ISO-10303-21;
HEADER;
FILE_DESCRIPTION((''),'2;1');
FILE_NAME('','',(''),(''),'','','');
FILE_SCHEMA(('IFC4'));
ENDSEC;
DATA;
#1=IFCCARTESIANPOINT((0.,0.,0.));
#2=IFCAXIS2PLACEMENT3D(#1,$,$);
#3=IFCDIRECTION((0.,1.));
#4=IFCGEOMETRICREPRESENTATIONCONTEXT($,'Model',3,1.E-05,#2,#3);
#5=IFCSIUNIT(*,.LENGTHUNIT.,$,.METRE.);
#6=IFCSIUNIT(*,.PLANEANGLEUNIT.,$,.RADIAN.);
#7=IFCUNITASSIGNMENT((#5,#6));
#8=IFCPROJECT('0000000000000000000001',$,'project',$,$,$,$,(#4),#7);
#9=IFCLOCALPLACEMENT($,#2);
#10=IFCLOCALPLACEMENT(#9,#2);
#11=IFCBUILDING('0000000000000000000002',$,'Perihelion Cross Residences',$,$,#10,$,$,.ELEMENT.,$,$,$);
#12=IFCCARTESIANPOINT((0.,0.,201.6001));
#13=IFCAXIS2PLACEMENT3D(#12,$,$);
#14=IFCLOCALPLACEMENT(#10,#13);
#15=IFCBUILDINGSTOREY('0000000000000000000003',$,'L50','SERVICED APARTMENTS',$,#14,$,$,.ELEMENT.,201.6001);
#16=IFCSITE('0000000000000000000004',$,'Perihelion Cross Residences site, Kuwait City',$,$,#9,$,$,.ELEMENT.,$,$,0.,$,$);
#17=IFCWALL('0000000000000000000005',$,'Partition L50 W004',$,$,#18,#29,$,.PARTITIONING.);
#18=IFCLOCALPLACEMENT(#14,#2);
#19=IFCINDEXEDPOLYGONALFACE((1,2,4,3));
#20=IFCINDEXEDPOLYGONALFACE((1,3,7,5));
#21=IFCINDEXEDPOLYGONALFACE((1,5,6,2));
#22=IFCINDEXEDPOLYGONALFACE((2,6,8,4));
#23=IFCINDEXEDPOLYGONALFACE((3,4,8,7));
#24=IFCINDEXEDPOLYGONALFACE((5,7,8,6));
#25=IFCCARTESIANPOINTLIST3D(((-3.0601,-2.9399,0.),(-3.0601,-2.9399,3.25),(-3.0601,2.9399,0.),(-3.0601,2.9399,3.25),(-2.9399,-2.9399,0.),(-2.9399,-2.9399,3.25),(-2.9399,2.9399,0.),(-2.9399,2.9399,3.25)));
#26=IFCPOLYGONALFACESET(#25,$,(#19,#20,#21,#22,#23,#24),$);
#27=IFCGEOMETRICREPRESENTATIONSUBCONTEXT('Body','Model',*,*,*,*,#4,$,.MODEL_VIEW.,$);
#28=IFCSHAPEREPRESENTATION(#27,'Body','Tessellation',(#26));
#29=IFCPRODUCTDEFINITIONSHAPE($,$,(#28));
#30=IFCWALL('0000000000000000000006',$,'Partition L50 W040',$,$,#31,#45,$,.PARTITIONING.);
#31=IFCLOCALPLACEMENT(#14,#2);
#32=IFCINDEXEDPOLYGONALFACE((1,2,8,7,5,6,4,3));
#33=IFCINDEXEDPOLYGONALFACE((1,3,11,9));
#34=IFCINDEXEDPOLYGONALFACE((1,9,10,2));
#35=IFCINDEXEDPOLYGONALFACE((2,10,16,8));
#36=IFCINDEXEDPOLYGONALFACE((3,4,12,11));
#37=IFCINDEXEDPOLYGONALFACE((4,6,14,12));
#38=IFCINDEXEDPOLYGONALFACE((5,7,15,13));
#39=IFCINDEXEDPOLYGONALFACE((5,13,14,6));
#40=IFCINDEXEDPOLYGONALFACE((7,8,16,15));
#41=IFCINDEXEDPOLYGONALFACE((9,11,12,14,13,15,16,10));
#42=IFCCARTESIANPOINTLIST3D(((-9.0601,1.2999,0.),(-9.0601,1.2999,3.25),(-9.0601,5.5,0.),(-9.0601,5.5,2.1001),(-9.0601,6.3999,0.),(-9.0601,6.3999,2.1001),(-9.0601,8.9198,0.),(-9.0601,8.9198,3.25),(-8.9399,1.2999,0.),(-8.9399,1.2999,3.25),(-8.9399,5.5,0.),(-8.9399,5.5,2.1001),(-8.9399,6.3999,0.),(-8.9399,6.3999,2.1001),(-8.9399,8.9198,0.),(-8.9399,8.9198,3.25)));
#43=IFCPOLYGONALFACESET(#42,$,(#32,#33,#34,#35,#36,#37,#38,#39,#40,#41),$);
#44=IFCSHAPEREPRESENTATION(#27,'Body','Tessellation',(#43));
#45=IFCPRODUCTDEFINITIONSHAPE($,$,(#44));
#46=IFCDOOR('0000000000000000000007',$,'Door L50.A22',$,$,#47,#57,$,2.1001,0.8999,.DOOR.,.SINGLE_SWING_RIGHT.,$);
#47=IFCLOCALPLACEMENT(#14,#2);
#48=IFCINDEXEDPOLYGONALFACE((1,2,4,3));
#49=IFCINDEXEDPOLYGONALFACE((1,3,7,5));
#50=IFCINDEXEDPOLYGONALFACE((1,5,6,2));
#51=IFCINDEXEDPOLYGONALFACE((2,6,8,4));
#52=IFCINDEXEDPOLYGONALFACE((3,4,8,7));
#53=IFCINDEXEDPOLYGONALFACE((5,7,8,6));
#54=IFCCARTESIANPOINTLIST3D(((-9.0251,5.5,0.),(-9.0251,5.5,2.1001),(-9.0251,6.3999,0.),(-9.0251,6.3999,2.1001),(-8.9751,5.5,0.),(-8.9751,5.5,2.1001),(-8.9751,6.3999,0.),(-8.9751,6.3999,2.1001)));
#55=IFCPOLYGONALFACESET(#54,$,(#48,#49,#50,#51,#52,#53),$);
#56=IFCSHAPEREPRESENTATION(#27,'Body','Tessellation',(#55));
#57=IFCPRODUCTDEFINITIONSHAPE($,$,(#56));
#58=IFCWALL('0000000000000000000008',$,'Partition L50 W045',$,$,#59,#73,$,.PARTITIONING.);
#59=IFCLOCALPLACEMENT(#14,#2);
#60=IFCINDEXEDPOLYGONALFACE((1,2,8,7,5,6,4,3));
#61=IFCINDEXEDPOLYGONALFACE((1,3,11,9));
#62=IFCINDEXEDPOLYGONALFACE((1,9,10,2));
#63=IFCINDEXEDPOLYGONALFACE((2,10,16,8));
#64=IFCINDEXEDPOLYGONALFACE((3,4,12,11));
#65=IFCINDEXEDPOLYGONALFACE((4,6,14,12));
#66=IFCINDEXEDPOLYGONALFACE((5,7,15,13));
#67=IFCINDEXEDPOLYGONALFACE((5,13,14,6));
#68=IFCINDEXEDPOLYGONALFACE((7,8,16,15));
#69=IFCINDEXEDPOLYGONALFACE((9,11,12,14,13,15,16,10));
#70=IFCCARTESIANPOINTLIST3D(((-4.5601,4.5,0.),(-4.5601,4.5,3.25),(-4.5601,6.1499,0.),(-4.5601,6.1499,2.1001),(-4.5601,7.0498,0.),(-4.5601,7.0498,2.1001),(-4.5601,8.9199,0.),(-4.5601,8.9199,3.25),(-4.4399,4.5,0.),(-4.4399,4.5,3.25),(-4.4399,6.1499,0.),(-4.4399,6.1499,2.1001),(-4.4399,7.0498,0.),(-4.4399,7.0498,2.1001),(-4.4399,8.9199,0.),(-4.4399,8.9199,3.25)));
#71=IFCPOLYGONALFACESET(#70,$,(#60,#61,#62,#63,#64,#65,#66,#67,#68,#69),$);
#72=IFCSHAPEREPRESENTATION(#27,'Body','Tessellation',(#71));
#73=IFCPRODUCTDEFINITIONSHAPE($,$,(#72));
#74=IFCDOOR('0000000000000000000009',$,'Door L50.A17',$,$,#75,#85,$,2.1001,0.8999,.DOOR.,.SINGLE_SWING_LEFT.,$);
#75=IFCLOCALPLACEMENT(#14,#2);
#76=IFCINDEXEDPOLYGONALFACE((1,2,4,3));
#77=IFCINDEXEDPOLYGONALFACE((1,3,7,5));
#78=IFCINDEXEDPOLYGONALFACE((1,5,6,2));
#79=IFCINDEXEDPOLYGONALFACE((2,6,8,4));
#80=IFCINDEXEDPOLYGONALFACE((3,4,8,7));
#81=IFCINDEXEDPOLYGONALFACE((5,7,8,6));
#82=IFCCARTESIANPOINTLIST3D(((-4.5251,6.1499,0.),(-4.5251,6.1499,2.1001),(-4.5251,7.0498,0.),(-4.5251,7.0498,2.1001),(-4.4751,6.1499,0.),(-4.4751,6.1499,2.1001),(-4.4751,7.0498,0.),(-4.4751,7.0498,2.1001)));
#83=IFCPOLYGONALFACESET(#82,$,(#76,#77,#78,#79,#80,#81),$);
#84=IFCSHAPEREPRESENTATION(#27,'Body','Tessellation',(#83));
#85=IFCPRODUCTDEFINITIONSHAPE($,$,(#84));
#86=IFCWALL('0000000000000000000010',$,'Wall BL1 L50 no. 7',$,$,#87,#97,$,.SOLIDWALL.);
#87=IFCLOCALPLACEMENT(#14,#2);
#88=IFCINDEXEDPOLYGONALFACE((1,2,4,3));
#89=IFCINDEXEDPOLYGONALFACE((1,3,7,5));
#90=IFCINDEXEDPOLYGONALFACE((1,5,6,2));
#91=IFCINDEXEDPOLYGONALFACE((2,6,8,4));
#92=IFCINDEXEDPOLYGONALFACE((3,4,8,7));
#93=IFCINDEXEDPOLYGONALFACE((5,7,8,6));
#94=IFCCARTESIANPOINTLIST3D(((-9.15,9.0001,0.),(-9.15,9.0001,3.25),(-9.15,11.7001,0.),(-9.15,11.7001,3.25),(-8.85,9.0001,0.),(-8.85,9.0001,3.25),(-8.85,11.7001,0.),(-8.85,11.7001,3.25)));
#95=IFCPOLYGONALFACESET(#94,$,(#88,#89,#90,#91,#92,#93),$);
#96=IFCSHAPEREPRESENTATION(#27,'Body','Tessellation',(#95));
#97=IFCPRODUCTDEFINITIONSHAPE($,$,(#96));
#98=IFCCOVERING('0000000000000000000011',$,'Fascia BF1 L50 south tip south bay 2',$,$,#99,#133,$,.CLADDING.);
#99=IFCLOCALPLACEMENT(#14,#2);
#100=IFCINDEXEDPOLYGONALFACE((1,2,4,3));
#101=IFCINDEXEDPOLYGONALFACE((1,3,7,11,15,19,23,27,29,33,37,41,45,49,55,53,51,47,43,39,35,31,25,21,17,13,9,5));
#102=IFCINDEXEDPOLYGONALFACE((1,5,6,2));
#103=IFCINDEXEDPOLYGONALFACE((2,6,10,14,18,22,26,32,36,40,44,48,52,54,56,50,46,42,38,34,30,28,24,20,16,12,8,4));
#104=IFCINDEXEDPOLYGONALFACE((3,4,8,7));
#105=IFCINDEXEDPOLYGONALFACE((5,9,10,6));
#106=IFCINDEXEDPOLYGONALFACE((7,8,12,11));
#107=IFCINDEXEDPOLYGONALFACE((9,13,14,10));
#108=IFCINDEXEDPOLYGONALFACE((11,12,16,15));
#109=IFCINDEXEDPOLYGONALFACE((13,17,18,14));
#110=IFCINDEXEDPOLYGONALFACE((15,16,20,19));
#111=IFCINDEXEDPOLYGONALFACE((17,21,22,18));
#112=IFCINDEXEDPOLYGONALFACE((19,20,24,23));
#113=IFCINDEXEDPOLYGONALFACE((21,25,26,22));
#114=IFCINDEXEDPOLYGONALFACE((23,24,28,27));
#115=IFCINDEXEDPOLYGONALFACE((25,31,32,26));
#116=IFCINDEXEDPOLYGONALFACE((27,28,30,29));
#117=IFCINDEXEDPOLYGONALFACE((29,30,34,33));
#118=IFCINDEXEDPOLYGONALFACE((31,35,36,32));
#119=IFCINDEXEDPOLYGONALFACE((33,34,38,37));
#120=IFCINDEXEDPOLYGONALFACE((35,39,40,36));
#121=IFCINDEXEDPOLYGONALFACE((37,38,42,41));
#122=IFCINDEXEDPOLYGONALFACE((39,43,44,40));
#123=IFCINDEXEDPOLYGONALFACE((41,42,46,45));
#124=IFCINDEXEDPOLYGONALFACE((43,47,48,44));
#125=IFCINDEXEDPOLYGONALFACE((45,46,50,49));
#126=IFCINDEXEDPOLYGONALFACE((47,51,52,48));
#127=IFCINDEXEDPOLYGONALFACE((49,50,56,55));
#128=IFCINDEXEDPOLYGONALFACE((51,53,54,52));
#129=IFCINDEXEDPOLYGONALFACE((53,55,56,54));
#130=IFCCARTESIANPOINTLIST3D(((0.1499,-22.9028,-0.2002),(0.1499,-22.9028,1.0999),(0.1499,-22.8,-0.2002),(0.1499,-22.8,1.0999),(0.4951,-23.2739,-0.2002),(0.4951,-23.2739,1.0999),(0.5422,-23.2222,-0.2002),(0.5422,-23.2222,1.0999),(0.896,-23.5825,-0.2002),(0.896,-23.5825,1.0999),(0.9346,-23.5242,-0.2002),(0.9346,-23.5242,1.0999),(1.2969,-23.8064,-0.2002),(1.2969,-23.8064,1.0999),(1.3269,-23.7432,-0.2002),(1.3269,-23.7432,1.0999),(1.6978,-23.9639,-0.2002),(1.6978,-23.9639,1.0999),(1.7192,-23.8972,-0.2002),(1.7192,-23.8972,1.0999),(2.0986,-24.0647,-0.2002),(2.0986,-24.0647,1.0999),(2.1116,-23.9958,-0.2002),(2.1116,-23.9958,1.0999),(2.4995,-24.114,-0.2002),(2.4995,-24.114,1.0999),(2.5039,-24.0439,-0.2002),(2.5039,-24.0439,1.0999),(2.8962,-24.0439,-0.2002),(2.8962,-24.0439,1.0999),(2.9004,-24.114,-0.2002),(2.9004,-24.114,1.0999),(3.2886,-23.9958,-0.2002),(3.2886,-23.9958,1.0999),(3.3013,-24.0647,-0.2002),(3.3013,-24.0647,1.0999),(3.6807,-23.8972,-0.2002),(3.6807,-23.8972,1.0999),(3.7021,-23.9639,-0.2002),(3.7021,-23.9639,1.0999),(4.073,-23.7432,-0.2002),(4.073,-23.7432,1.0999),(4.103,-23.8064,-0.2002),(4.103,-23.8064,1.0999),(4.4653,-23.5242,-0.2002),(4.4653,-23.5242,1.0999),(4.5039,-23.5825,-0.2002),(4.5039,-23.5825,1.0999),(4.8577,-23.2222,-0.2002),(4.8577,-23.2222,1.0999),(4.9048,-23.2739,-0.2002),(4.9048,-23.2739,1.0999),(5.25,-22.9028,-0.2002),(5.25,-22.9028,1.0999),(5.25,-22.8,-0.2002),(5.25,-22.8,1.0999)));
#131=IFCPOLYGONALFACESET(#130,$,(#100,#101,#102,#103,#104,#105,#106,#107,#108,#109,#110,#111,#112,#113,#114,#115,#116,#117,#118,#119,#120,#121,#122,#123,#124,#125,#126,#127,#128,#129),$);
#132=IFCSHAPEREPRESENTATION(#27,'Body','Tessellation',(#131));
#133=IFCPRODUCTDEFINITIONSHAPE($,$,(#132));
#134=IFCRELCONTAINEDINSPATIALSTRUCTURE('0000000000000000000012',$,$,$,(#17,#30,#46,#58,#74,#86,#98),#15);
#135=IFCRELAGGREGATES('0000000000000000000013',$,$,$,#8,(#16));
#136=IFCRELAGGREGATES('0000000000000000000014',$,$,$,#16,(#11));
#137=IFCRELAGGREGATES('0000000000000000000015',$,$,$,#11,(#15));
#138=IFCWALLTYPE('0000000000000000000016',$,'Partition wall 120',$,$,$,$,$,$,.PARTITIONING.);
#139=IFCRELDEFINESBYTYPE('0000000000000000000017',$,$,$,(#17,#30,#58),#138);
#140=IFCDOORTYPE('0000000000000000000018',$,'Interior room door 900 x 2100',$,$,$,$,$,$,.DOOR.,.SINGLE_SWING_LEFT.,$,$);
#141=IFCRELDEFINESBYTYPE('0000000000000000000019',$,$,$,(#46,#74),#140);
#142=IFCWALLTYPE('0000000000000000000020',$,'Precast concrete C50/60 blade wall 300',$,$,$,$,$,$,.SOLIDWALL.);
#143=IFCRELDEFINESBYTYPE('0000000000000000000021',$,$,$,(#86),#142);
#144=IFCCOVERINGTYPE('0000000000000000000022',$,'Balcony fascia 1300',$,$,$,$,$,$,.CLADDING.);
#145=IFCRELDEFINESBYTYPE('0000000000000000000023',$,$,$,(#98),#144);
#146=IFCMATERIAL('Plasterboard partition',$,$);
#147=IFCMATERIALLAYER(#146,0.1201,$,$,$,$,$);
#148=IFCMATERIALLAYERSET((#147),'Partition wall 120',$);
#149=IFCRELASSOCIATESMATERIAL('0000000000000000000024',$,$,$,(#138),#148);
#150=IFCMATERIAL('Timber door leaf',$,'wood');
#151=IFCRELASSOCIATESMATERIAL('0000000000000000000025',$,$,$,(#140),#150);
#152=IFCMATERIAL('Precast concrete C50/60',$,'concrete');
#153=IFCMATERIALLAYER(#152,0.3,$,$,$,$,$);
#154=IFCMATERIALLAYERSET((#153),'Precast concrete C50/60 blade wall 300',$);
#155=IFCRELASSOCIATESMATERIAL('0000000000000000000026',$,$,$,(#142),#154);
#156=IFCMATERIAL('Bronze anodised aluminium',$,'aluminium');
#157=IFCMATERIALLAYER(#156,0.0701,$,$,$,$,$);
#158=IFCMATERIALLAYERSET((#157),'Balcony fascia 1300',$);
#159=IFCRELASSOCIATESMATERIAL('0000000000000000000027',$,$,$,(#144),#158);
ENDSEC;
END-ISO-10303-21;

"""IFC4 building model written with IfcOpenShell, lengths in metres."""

from ifc_helpers import new_model, si_unit, direction, frame, frame_2d, origin, place, context, subcontext, project, spatial, polyline, rectangle, outline, extrude, material, layer, layer_set, type_object, element, fill, save


model = new_model("IFC4")

# Units and contexts
model_context = context("Model", 3, precision=1e-05, world=origin(), true_north=direction((0.0, 1.0)))
body_context = subcontext(model_context, "Body", "Model", "MODEL_VIEW")
ifc_project = project(units=[si_unit("LENGTHUNIT", "METRE"), si_unit("PLANEANGLEUNIT", "RADIAN")], contexts=[model_context])

# Site, building, storey
site_placement = place(None, origin())
site = spatial("IfcSite", under=ifc_project, at=site_placement, Name="Perihelion Cross Residences site, Kuwait City", CompositionType="ELEMENT", RefElevation=0.0)
building_placement = place(site_placement, origin())
building = spatial("IfcBuilding", under=site, at=building_placement, Name="Perihelion Cross Residences", CompositionType="ELEMENT")
storey_placement = place(building_placement, frame((0.0, 0.0, 201.6001)))
storey = spatial("IfcBuildingStorey", under=building, at=storey_placement, Name="L50", Description="SERVICED APARTMENTS", CompositionType="ELEMENT", Elevation=201.6001)

# Wall
ifc_material_1 = material(Name="Plasterboard partition")
ifc_layer_1 = layer(ifc_material_1, 0.1201)
ifc_layer_set_1 = layer_set([ifc_layer_1], Name="Partition wall 120")
wall_type_1 = type_object("IfcWallType", Name="Partition wall 120", PredefinedType="PARTITIONING", material=ifc_layer_set_1)
wall_1_placement = place(storey_placement, frame((-3.0, 2.9399, 0.0), z_axis=(0.0, 0.0, 1.0), x_axis=(0.0, -1.0, 0.0)))
element("IfcWall", 1, at=wall_1_placement, inside=storey, type_object=wall_type_1, Name="Partition L50 W004", PredefinedType="PARTITIONING", context=body_context, shape_type="SweptSolid", body=[
    extrude(rectangle(XDim=5.8799, YDim=0.1201, at=frame_2d((2.9399, 0.0))), origin(), (0.0, 0.0, 1.0), 3.25),
])

# Walls, openings, doors
wall_2_placement = place(storey_placement, frame((-9.0, 8.9199, 0.0), z_axis=(0.0, 0.0, 1.0), x_axis=(0.0, -1.0, 0.0)))
wall_2 = element("IfcWall", 2, at=wall_2_placement, inside=storey, type_object=wall_type_1, Name="Partition L50 W040", PredefinedType="PARTITIONING", context=body_context, shape_type="SweptSolid", body=[
    extrude(rectangle(XDim=7.6199, YDim=0.1201, at=frame_2d((3.8101, 0.0))), origin(), (0.0, 0.0, 1.0), 3.25),
])
opening_1_placement = place(wall_2_placement, frame((2.52, 0.0, 0.0)))
opening_1 = element("IfcOpeningElement", 3, at=opening_1_placement, cuts=wall_2, PredefinedType="OPENING", context=body_context, shape_type="SweptSolid", body=[
    extrude(rectangle(XDim=0.8999, YDim=2.1001, at=frame_2d((0.45, 1.05))), frame((0.0, 0.0701, 0.0), z_axis=(0.0, -1.0, 0.0), x_axis=(1.0, 0.0, 0.0)), (0.0, 0.0, 1.0), 0.1401),
])
ifc_material_2 = material(Name="Timber door leaf", Category="wood")
door_type_1 = type_object("IfcDoorType", Name="Interior room door 900 x 2100", OperationType="SINGLE_SWING_LEFT", PredefinedType="DOOR", material=ifc_material_2)
door_1_placement = place(opening_1_placement, origin())
door_1 = element("IfcDoor", 4, at=door_1_placement, inside=storey, type_object=door_type_1, Name="Door L50.A22", OperationType="SINGLE_SWING_RIGHT", OverallHeight=2.1001, OverallWidth=0.8999, PredefinedType="DOOR", context=body_context, shape_type="SweptSolid", body=[
    extrude(rectangle(XDim=0.8999, YDim=2.1001, at=frame_2d((0.45, 1.05))), frame((0.0, 0.0249, 0.0), z_axis=(0.0, -1.0, 0.0), x_axis=(1.0, 0.0, 0.0)), (0.0, 0.0, 1.0), 0.05),
])
fill(opening_1, door_1)
wall_3_placement = place(storey_placement, frame((-4.5, 8.9199, 0.0), z_axis=(0.0, 0.0, 1.0), x_axis=(0.0, -1.0, 0.0)))
wall_3 = element("IfcWall", 5, at=wall_3_placement, inside=storey, type_object=wall_type_1, Name="Partition L50 W045", PredefinedType="PARTITIONING", context=body_context, shape_type="SweptSolid", body=[
    extrude(rectangle(XDim=4.4199, YDim=0.1201, at=frame_2d((2.21, 0.0))), origin(), (0.0, 0.0, 1.0), 3.25),
])
opening_2_placement = place(wall_3_placement, frame((1.8701, 0.0, 0.0)))
opening_2 = element("IfcOpeningElement", 6, at=opening_2_placement, cuts=wall_3, PredefinedType="OPENING", context=body_context, shape_type="SweptSolid", body=[
    extrude(rectangle(XDim=0.8999, YDim=2.1001, at=frame_2d((0.45, 1.05))), frame((0.0, 0.0701, 0.0), z_axis=(0.0, -1.0, 0.0), x_axis=(1.0, 0.0, 0.0)), (0.0, 0.0, 1.0), 0.1401),
])
door_2_placement = place(opening_2_placement, origin())
door_2 = element("IfcDoor", 7, at=door_2_placement, inside=storey, type_object=door_type_1, Name="Door L50.A17", OperationType="SINGLE_SWING_LEFT", OverallHeight=2.1001, OverallWidth=0.8999, PredefinedType="DOOR", context=body_context, shape_type="SweptSolid", body=[
    extrude(rectangle(XDim=0.8999, YDim=2.1001, at=frame_2d((0.45, 1.05))), frame((0.0, 0.0249, 0.0), z_axis=(0.0, -1.0, 0.0), x_axis=(1.0, 0.0, 0.0)), (0.0, 0.0, 1.0), 0.05),
])
fill(opening_2, door_2)

# Wall
ifc_material_3 = material(Name="Precast concrete C50/60", Category="concrete")
ifc_layer_2 = layer(ifc_material_3, 0.3)
ifc_layer_set_2 = layer_set([ifc_layer_2], Name="Precast concrete C50/60 blade wall 300")
wall_type_2 = type_object("IfcWallType", Name="Precast concrete C50/60 blade wall 300", PredefinedType="SOLIDWALL", material=ifc_layer_set_2)
wall_4_placement = place(storey_placement, frame((-9.0, 9.0, 0.0), z_axis=(0.0, 0.0, 1.0), x_axis=(0.0, 1.0, 0.0)))
element("IfcWall", 8, at=wall_4_placement, inside=storey, type_object=wall_type_2, Name="Wall BL1 L50 no. 7", PredefinedType="SOLIDWALL", context=body_context, shape_type="SweptSolid", body=[
    extrude(rectangle(XDim=2.7, YDim=0.3, at=frame_2d((1.3501, 0.0))), origin(), (0.0, 0.0, 1.0), 3.25),
])

# Covering
ifc_material_4 = material(Name="Bronze anodised aluminium", Category="aluminium")
ifc_layer_3 = layer(ifc_material_4, 0.0701)
ifc_layer_set_3 = layer_set([ifc_layer_3], Name="Balcony fascia 1300")
covering_type = type_object("IfcCoveringType", Name="Balcony fascia 1300", PredefinedType="CLADDING", material=ifc_layer_set_3)
covering_placement = place(storey_placement, frame((0.0, 0.0, -0.2002)))
element("IfcCovering", 9, at=covering_placement, inside=storey, type_object=covering_type, Name="Fascia BF1 L50 south tip south bay 2", PredefinedType="CLADDING", context=body_context, shape_type="SweptSolid", body=[
    extrude(outline(polyline([(0.4951, -23.2739), (0.896, -23.5825), (1.2969, -23.8064), (1.6978, -23.9639), (2.0986, -24.0647), (2.4995, -24.114), (2.9004, -24.114), (3.3013, -24.0647), (3.7021, -23.9639), (4.103, -23.8064), (4.5039, -23.5825), (4.9048, -23.2739), (5.25, -22.9028), (5.25, -22.8), (4.8577, -23.2222), (4.4653, -23.5242), (4.073, -23.7432), (3.6807, -23.8972), (3.2886, -23.9958), (2.8962, -24.0439), (2.5039, -24.0439), (2.1116, -23.9958), (1.7192, -23.8972), (1.3269, -23.7432), (0.9346, -23.5242), (0.5422, -23.2222), (0.1499, -22.8), (0.1499, -22.9028), (0.4951, -23.2739)])), origin(), (0.0, 0.0, 1.0), 1.3),
])

save(model, "model.ifc")
